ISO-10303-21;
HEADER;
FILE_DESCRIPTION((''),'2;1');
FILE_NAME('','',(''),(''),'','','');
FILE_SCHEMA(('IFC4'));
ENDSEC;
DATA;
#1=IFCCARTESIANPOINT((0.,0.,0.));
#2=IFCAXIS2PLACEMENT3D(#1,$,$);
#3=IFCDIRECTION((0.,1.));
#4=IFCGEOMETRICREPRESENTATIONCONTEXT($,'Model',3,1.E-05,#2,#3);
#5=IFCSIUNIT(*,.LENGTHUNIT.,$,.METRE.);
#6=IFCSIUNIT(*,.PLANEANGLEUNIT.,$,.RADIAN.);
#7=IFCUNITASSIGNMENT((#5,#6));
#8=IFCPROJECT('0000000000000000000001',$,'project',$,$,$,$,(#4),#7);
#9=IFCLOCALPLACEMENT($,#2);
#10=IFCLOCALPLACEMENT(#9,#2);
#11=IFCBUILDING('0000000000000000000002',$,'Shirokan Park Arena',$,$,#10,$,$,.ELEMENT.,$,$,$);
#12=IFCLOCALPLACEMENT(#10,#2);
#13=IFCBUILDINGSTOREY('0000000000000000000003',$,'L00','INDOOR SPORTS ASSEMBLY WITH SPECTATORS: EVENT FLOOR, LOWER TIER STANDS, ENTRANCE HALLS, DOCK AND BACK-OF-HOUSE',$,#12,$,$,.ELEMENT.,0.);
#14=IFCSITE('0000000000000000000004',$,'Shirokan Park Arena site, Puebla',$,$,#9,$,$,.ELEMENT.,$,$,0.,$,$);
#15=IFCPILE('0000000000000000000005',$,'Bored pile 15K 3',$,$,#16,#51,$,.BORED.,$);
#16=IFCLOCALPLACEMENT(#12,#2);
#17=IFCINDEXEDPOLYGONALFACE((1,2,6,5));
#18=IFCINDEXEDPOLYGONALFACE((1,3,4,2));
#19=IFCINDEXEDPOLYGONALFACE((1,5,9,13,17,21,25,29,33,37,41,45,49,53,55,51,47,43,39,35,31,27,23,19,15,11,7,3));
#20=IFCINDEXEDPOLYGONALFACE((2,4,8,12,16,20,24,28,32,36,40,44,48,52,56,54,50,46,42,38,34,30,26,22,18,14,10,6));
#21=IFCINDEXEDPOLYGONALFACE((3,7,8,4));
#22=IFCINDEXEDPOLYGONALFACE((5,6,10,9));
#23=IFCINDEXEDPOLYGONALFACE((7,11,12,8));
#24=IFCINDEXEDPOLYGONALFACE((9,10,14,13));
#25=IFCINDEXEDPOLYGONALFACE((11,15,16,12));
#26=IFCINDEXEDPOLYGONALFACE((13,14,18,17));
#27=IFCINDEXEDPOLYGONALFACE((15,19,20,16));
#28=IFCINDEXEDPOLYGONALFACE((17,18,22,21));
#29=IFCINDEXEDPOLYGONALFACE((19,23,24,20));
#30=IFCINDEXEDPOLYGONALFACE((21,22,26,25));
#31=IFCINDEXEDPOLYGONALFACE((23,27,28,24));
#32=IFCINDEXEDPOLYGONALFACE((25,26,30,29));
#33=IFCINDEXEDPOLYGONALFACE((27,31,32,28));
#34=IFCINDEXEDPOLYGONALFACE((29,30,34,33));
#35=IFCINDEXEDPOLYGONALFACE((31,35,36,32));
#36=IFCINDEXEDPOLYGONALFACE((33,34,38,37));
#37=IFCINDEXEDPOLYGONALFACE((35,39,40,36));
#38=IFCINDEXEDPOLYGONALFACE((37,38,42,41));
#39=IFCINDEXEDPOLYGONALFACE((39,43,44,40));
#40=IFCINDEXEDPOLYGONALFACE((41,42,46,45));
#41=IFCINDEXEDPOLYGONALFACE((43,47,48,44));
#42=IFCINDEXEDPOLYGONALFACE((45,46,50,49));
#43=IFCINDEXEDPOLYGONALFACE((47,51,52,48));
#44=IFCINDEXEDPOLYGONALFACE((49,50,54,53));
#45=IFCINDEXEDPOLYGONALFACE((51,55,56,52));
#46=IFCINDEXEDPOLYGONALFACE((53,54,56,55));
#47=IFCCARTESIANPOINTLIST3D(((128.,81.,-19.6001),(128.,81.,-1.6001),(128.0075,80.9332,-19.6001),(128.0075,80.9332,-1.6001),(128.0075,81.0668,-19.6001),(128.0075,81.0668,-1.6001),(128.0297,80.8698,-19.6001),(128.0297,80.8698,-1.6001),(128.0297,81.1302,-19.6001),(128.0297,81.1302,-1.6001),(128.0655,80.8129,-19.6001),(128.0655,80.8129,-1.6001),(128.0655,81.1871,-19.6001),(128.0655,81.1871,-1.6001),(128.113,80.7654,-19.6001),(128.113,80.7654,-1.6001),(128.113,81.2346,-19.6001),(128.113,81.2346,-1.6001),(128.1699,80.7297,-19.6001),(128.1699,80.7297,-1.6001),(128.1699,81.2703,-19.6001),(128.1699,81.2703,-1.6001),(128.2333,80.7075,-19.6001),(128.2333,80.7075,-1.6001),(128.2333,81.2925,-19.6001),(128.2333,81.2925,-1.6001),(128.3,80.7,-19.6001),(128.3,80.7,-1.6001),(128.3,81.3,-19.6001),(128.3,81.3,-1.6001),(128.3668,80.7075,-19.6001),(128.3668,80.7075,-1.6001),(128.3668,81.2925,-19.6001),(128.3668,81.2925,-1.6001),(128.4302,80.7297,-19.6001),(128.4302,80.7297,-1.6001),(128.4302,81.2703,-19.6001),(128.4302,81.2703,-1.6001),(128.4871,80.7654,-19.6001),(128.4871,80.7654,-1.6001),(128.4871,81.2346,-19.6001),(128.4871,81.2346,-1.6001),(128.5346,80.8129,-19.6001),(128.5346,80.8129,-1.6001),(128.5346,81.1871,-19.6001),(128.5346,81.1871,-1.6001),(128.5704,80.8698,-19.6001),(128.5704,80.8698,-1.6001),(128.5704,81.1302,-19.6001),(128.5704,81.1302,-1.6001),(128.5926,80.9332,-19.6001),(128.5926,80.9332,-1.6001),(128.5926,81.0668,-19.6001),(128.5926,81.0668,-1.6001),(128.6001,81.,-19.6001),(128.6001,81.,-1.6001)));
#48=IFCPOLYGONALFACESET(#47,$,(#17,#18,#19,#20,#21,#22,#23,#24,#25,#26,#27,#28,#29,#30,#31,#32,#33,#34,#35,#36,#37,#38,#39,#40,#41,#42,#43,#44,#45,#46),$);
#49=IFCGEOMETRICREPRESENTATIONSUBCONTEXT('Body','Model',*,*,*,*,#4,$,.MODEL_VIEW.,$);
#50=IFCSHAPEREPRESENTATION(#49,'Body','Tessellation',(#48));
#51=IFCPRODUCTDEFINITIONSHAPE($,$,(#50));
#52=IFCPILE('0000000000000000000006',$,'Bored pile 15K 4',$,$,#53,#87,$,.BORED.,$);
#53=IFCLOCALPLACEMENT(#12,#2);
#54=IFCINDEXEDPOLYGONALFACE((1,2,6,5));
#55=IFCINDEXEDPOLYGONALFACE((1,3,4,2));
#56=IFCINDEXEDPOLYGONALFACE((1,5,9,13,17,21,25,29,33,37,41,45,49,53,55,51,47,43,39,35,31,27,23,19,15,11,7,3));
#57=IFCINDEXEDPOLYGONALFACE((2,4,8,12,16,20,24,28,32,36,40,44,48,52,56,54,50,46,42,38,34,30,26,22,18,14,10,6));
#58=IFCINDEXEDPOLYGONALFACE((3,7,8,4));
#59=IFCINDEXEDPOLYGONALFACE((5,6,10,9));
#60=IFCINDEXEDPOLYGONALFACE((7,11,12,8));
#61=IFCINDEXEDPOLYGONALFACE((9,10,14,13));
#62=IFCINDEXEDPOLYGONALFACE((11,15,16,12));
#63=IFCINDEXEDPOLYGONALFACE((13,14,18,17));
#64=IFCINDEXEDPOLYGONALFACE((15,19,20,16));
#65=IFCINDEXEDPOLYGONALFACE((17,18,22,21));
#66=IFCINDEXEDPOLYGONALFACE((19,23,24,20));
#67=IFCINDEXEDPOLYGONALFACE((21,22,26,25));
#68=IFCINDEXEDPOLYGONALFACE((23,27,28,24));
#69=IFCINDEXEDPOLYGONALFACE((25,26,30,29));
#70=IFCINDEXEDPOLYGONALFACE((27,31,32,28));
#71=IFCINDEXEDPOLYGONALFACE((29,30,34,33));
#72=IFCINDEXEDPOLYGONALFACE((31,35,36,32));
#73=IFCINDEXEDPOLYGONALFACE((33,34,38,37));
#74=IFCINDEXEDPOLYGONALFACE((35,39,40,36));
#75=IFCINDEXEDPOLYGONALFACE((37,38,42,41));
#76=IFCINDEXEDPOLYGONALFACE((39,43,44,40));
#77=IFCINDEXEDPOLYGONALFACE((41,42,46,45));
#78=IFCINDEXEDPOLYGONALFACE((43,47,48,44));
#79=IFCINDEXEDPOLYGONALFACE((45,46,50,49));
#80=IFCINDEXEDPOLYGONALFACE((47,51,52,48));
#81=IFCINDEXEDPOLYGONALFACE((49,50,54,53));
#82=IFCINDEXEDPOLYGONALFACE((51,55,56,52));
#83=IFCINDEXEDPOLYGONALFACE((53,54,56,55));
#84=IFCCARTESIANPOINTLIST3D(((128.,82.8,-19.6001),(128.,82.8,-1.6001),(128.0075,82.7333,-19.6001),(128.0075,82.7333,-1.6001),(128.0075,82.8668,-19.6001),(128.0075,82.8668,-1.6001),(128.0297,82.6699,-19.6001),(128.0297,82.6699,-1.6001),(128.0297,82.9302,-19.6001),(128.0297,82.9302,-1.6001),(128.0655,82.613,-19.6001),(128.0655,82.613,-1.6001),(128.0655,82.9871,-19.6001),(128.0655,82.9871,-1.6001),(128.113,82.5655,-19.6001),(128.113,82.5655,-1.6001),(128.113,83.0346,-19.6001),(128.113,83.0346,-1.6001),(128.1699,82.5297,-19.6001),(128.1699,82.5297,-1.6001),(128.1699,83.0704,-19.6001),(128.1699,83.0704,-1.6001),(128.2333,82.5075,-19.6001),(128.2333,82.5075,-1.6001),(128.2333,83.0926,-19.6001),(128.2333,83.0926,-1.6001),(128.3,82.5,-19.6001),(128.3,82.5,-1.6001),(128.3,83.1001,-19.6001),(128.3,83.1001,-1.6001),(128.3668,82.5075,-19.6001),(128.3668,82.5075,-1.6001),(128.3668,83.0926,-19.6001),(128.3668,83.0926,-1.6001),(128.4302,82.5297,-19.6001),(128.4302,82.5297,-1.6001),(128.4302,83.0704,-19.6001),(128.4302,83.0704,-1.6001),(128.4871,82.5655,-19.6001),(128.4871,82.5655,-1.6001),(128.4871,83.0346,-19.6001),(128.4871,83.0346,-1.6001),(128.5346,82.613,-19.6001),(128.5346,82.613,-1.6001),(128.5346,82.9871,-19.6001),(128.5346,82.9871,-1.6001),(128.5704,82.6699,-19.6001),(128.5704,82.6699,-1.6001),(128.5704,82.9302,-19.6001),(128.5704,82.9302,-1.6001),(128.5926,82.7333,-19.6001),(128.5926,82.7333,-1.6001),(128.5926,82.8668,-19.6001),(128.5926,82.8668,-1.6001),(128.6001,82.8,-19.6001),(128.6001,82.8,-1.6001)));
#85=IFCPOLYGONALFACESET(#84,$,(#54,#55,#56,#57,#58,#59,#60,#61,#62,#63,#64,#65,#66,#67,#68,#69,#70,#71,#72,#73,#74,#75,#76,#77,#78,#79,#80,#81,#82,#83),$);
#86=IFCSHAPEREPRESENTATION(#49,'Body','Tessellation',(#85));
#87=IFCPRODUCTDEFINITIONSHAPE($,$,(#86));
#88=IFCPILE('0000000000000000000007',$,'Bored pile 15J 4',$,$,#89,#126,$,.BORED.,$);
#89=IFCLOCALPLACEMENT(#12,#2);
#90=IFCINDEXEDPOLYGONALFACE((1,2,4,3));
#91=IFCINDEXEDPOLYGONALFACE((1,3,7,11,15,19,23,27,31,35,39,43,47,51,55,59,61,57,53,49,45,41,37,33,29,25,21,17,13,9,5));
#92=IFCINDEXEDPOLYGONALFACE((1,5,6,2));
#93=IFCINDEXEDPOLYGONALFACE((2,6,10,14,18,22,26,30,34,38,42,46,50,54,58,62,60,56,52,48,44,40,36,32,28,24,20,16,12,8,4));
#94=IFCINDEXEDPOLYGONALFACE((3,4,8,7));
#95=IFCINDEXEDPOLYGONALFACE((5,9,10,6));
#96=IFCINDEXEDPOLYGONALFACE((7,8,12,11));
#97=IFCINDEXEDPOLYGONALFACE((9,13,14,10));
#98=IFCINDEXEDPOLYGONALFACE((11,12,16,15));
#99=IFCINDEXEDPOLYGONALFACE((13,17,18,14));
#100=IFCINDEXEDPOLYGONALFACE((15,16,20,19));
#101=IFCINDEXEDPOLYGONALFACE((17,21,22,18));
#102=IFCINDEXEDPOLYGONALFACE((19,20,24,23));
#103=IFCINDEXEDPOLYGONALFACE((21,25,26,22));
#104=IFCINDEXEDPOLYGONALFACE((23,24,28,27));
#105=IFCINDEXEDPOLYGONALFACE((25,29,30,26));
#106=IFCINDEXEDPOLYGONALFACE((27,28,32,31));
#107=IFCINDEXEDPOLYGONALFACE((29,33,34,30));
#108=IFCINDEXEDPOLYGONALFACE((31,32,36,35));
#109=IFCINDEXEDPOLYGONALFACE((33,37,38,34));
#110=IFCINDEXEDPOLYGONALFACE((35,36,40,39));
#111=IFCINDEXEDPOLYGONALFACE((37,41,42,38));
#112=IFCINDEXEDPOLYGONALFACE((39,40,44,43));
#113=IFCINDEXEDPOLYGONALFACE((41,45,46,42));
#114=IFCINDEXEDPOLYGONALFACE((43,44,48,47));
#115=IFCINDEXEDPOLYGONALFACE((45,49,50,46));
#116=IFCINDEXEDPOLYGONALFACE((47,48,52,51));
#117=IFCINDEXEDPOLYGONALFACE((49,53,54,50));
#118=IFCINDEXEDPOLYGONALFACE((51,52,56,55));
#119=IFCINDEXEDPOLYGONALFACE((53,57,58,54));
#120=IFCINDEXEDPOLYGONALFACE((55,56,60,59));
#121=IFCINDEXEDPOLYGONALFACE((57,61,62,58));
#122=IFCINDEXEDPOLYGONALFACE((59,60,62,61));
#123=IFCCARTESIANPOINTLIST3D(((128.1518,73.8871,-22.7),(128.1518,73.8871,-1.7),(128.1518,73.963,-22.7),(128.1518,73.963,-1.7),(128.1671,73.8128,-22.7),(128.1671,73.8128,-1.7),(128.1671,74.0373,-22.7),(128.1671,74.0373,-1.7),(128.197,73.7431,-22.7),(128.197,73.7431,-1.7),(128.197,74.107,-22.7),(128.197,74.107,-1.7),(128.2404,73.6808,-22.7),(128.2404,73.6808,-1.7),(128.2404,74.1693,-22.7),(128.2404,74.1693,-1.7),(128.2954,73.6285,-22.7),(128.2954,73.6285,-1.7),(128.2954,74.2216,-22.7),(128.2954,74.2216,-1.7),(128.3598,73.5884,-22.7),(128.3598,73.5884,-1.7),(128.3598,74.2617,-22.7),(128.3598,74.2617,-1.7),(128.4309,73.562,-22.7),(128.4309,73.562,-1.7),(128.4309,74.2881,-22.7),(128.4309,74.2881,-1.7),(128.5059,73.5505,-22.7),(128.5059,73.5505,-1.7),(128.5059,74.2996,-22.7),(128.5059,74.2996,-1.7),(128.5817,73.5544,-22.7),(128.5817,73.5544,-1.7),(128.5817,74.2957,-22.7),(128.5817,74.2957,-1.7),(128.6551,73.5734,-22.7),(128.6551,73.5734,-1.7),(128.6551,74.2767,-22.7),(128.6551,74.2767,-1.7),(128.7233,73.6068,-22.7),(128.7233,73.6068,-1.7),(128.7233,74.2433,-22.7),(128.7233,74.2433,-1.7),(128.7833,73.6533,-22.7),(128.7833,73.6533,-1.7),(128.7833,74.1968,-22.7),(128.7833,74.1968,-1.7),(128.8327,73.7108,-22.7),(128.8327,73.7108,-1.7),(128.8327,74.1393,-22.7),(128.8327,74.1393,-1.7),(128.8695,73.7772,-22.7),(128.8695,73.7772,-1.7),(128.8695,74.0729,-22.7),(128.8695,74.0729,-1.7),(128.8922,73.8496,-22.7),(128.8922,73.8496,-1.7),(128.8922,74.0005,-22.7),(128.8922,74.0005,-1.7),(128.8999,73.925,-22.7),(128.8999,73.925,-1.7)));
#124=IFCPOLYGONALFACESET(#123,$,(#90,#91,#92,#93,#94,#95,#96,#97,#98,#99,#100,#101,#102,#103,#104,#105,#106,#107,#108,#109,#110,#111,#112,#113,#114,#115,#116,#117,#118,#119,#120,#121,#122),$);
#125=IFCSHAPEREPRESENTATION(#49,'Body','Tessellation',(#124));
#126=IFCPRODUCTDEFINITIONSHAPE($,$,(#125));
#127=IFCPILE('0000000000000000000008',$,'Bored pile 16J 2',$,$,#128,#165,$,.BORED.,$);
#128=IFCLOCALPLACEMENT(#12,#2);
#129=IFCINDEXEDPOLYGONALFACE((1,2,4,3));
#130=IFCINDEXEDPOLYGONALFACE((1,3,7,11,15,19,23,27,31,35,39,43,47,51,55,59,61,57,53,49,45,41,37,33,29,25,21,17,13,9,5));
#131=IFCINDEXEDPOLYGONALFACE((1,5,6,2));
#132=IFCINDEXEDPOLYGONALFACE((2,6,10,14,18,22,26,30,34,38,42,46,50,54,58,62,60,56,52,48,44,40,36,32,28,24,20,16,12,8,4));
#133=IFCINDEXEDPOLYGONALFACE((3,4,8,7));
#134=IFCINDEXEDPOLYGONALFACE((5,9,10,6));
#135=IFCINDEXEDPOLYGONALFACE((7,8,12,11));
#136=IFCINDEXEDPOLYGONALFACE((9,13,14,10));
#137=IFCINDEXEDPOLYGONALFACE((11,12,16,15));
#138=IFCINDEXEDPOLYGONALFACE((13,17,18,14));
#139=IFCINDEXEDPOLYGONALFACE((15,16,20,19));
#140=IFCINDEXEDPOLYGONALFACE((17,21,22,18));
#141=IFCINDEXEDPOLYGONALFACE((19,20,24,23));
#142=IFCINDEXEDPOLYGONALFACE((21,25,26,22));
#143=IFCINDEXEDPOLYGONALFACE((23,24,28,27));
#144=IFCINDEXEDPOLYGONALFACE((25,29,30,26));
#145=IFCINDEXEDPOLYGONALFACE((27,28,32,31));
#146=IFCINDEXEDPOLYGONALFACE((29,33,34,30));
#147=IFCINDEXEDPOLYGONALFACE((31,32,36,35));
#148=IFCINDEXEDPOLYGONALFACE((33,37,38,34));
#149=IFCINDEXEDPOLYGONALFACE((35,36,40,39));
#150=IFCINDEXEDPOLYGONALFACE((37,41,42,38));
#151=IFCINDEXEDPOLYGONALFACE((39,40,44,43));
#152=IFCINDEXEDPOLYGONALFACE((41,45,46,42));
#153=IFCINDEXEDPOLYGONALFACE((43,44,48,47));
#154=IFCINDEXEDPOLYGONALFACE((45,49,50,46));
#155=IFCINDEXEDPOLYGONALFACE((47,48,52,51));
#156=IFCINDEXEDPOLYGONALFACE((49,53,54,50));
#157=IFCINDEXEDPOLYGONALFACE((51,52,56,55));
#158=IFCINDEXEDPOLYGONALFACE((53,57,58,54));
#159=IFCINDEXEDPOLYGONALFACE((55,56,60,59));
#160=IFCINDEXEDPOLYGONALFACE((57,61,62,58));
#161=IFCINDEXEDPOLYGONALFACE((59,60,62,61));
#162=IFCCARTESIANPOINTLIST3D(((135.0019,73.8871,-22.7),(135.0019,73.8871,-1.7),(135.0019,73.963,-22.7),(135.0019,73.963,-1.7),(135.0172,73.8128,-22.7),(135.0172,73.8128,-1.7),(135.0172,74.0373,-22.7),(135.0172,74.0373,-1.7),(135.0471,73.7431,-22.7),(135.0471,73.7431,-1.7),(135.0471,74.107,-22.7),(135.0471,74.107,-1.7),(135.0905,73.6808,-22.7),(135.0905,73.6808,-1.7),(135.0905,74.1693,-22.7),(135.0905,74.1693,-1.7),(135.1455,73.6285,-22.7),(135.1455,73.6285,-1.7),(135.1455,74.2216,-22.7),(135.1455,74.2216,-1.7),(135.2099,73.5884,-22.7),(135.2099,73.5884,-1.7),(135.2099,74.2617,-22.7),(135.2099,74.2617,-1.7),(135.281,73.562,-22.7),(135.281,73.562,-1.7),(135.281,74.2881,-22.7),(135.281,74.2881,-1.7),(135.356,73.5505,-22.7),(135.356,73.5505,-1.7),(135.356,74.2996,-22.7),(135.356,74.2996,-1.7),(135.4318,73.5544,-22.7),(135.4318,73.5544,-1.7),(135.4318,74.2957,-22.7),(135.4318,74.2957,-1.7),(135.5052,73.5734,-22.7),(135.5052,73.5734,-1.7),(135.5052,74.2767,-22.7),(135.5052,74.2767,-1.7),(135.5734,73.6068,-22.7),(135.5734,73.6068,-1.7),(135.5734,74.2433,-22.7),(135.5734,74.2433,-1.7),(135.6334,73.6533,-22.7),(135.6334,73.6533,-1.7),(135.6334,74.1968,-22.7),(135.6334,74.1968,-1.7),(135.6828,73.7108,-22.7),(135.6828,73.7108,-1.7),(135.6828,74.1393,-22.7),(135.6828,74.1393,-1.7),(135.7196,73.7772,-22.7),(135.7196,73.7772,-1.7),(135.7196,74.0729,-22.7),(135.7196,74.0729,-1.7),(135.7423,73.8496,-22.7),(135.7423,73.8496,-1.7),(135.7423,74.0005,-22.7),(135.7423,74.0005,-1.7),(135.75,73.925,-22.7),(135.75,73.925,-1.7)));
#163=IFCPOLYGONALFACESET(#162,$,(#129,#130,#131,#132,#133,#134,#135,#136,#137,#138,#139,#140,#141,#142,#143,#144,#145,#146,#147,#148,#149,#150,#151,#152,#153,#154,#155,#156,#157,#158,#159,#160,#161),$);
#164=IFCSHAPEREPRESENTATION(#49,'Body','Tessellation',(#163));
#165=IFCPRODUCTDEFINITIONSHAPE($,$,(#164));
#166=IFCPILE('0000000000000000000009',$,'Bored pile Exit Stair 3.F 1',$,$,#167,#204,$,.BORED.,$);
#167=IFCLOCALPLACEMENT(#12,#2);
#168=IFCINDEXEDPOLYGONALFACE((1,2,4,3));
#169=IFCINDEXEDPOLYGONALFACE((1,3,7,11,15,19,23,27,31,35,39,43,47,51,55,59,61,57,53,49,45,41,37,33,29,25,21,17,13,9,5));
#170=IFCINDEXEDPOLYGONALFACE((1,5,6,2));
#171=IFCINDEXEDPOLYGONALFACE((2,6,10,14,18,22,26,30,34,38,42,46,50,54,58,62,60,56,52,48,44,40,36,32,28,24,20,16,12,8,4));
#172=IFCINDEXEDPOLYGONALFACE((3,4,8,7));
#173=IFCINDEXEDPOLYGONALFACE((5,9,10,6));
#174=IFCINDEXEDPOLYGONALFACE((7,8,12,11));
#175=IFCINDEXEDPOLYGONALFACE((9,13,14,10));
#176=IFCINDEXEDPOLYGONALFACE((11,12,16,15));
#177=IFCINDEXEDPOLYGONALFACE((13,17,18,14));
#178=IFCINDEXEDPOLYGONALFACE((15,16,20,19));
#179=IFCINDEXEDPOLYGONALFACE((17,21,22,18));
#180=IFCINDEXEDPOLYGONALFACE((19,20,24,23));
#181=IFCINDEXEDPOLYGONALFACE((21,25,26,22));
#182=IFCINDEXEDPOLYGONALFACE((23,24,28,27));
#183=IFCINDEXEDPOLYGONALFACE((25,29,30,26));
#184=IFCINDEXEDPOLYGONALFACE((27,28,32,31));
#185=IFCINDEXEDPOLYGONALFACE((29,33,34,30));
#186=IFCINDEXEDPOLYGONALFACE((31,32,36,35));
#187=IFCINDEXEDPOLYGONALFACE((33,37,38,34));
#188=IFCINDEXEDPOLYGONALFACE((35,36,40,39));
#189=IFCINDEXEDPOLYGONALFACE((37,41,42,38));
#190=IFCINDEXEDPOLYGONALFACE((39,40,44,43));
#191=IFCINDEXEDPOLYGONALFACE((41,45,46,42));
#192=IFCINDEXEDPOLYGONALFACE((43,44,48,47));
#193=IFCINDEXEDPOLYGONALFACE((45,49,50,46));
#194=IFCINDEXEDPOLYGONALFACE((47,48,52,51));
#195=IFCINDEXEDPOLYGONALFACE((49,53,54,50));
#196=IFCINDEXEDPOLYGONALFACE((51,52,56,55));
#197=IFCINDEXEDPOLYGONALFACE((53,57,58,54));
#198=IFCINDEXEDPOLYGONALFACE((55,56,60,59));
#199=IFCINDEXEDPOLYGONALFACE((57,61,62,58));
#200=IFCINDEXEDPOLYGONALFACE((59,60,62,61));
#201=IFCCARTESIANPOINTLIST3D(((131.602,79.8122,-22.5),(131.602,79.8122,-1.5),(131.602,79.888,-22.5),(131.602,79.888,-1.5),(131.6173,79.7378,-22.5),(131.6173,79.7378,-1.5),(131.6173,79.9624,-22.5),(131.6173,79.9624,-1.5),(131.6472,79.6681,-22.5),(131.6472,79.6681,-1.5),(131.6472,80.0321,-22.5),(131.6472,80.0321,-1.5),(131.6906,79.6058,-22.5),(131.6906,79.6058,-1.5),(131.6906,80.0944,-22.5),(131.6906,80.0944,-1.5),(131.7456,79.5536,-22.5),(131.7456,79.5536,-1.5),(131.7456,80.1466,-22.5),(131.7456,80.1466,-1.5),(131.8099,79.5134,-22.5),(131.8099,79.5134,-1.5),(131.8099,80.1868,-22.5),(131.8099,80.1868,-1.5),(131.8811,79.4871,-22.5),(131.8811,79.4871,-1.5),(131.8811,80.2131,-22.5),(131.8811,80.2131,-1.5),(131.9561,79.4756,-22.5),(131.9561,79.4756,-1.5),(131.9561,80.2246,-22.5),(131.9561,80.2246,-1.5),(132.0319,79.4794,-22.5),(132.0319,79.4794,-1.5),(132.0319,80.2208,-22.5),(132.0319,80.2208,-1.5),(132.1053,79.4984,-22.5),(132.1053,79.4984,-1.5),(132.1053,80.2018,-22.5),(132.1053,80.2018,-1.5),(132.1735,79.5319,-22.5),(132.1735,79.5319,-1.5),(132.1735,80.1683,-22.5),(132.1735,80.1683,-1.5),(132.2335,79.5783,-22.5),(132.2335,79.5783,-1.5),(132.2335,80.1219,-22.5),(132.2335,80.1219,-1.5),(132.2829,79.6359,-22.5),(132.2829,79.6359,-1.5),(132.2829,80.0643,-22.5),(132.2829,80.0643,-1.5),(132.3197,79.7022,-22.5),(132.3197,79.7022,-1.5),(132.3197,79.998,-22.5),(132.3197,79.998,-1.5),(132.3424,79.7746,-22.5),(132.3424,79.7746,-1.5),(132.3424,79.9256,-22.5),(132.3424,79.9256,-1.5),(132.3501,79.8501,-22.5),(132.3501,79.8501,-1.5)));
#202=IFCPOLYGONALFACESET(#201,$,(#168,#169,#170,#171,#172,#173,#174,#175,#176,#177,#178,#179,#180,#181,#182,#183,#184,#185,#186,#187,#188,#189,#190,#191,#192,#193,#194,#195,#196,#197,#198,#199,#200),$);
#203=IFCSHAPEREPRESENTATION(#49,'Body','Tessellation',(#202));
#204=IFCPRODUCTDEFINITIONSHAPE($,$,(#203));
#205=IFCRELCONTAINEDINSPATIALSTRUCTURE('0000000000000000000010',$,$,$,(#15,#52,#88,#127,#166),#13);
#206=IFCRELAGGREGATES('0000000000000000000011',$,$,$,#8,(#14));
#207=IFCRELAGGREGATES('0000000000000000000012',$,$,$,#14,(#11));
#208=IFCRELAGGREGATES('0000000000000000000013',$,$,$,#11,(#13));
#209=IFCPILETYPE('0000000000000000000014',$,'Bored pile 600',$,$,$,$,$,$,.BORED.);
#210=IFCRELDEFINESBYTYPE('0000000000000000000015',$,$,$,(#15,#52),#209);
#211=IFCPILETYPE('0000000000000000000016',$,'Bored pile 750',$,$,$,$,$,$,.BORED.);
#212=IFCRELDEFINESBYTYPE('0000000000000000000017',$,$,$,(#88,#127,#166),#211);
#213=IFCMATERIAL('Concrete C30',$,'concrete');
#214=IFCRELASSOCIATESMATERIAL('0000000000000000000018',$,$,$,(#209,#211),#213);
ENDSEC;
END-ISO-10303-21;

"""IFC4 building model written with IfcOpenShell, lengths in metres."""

from ifc_helpers import new_model, si_unit, direction, frame, origin, origin_2d, place, context, subcontext, project, spatial, circle, extrude, material, material_profile, profile_set, type_object, element, save


model = new_model("IFC4")

# Units and contexts
model_context = context("Model", 3, precision=1e-05, world=origin(), true_north=direction((0.0, 1.0)))
body_context = subcontext(model_context, "Body", "Model", "MODEL_VIEW")
ifc_project = project(units=[si_unit("LENGTHUNIT", "METRE"), si_unit("PLANEANGLEUNIT", "RADIAN")], contexts=[model_context])

# Site, building, storey
site_placement = place(None, origin())
site = spatial("IfcSite", under=ifc_project, at=site_placement, Name="Shirokan Park Arena site, Puebla", CompositionType="ELEMENT", RefElevation=0.0)
building_placement = place(site_placement, origin())
building = spatial("IfcBuilding", under=site, at=building_placement, Name="Shirokan Park Arena", CompositionType="ELEMENT")
storey_placement = place(building_placement, origin())
storey = spatial("IfcBuildingStorey", under=building, at=storey_placement, Name="L00", Description="INDOOR SPORTS ASSEMBLY WITH SPECTATORS: EVENT FLOOR, LOWER TIER STANDS, ENTRANCE HALLS, DOCK AND BACK-OF-HOUSE", CompositionType="ELEMENT", Elevation=0.0)

# Piles
ifc_material_1 = material(Name="Concrete C30", Category="concrete")
ifc_material_profile_1 = material_profile(ifc_material_1, circle(Radius=0.3, at=origin_2d()), Name="D600")
ifc_profile_set_1 = profile_set([ifc_material_profile_1], Name="Concrete C30")
pile_type_1 = type_object("IfcPileType", Name="Bored pile 600", PredefinedType="BORED", material=ifc_profile_set_1)
for number, where, z_axis, x_axis, name in (
    (1, (128.3, 81.0, -1.6001), (0.0, 0.0, -1.0), (1.0, 0.0, 0.0), "Bored pile 15K 3"),
    (2, (128.3, 82.8, -1.6001), (0.0, 0.0, -1.0), (1.0, 0.0, 0.0), "Bored pile 15K 4"),
):
    element("IfcPile", number, at=place(storey_placement, frame(where, z_axis=z_axis, x_axis=x_axis)), inside=storey, type_object=pile_type_1, Name=name, PredefinedType="BORED", context=body_context, shape_type="SweptSolid", body=[
        extrude(circle(Radius=0.3, at=origin_2d()), origin(), (0.0, 0.0, 1.0), 18.0),
    ])
ifc_material_profile_2 = material_profile(ifc_material_1, circle(Radius=0.375, at=origin_2d()), Name="D750")
ifc_profile_set_2 = profile_set([ifc_material_profile_2], Name="Concrete C30")
pile_type_2 = type_object("IfcPileType", Name="Bored pile 750", PredefinedType="BORED", material=ifc_profile_set_2)
for number, where, z_axis, x_axis, name in (
    (3, (128.5249, 73.925, -1.7), (0.0, 0.0, -1.0), (1.0, 0.0, 0.0), "Bored pile 15J 4"),
    (4, (135.375, 73.925, -1.7), (0.0, 0.0, -1.0), (1.0, 0.0, 0.0), "Bored pile 16J 2"),
    (5, (131.9751, 79.8501, -1.5), (0.0, 0.0, -1.0), (1.0, 0.0, 0.0), "Bored pile Exit Stair 3.F 1"),
):
    element("IfcPile", number, at=place(storey_placement, frame(where, z_axis=z_axis, x_axis=x_axis)), inside=storey, type_object=pile_type_2, Name=name, PredefinedType="BORED", context=body_context, shape_type="SweptSolid", body=[
        extrude(circle(Radius=0.375, at=origin_2d()), origin(), (0.0, 0.0, 1.0), 21.0),
    ])

save(model, "model.ifc")
